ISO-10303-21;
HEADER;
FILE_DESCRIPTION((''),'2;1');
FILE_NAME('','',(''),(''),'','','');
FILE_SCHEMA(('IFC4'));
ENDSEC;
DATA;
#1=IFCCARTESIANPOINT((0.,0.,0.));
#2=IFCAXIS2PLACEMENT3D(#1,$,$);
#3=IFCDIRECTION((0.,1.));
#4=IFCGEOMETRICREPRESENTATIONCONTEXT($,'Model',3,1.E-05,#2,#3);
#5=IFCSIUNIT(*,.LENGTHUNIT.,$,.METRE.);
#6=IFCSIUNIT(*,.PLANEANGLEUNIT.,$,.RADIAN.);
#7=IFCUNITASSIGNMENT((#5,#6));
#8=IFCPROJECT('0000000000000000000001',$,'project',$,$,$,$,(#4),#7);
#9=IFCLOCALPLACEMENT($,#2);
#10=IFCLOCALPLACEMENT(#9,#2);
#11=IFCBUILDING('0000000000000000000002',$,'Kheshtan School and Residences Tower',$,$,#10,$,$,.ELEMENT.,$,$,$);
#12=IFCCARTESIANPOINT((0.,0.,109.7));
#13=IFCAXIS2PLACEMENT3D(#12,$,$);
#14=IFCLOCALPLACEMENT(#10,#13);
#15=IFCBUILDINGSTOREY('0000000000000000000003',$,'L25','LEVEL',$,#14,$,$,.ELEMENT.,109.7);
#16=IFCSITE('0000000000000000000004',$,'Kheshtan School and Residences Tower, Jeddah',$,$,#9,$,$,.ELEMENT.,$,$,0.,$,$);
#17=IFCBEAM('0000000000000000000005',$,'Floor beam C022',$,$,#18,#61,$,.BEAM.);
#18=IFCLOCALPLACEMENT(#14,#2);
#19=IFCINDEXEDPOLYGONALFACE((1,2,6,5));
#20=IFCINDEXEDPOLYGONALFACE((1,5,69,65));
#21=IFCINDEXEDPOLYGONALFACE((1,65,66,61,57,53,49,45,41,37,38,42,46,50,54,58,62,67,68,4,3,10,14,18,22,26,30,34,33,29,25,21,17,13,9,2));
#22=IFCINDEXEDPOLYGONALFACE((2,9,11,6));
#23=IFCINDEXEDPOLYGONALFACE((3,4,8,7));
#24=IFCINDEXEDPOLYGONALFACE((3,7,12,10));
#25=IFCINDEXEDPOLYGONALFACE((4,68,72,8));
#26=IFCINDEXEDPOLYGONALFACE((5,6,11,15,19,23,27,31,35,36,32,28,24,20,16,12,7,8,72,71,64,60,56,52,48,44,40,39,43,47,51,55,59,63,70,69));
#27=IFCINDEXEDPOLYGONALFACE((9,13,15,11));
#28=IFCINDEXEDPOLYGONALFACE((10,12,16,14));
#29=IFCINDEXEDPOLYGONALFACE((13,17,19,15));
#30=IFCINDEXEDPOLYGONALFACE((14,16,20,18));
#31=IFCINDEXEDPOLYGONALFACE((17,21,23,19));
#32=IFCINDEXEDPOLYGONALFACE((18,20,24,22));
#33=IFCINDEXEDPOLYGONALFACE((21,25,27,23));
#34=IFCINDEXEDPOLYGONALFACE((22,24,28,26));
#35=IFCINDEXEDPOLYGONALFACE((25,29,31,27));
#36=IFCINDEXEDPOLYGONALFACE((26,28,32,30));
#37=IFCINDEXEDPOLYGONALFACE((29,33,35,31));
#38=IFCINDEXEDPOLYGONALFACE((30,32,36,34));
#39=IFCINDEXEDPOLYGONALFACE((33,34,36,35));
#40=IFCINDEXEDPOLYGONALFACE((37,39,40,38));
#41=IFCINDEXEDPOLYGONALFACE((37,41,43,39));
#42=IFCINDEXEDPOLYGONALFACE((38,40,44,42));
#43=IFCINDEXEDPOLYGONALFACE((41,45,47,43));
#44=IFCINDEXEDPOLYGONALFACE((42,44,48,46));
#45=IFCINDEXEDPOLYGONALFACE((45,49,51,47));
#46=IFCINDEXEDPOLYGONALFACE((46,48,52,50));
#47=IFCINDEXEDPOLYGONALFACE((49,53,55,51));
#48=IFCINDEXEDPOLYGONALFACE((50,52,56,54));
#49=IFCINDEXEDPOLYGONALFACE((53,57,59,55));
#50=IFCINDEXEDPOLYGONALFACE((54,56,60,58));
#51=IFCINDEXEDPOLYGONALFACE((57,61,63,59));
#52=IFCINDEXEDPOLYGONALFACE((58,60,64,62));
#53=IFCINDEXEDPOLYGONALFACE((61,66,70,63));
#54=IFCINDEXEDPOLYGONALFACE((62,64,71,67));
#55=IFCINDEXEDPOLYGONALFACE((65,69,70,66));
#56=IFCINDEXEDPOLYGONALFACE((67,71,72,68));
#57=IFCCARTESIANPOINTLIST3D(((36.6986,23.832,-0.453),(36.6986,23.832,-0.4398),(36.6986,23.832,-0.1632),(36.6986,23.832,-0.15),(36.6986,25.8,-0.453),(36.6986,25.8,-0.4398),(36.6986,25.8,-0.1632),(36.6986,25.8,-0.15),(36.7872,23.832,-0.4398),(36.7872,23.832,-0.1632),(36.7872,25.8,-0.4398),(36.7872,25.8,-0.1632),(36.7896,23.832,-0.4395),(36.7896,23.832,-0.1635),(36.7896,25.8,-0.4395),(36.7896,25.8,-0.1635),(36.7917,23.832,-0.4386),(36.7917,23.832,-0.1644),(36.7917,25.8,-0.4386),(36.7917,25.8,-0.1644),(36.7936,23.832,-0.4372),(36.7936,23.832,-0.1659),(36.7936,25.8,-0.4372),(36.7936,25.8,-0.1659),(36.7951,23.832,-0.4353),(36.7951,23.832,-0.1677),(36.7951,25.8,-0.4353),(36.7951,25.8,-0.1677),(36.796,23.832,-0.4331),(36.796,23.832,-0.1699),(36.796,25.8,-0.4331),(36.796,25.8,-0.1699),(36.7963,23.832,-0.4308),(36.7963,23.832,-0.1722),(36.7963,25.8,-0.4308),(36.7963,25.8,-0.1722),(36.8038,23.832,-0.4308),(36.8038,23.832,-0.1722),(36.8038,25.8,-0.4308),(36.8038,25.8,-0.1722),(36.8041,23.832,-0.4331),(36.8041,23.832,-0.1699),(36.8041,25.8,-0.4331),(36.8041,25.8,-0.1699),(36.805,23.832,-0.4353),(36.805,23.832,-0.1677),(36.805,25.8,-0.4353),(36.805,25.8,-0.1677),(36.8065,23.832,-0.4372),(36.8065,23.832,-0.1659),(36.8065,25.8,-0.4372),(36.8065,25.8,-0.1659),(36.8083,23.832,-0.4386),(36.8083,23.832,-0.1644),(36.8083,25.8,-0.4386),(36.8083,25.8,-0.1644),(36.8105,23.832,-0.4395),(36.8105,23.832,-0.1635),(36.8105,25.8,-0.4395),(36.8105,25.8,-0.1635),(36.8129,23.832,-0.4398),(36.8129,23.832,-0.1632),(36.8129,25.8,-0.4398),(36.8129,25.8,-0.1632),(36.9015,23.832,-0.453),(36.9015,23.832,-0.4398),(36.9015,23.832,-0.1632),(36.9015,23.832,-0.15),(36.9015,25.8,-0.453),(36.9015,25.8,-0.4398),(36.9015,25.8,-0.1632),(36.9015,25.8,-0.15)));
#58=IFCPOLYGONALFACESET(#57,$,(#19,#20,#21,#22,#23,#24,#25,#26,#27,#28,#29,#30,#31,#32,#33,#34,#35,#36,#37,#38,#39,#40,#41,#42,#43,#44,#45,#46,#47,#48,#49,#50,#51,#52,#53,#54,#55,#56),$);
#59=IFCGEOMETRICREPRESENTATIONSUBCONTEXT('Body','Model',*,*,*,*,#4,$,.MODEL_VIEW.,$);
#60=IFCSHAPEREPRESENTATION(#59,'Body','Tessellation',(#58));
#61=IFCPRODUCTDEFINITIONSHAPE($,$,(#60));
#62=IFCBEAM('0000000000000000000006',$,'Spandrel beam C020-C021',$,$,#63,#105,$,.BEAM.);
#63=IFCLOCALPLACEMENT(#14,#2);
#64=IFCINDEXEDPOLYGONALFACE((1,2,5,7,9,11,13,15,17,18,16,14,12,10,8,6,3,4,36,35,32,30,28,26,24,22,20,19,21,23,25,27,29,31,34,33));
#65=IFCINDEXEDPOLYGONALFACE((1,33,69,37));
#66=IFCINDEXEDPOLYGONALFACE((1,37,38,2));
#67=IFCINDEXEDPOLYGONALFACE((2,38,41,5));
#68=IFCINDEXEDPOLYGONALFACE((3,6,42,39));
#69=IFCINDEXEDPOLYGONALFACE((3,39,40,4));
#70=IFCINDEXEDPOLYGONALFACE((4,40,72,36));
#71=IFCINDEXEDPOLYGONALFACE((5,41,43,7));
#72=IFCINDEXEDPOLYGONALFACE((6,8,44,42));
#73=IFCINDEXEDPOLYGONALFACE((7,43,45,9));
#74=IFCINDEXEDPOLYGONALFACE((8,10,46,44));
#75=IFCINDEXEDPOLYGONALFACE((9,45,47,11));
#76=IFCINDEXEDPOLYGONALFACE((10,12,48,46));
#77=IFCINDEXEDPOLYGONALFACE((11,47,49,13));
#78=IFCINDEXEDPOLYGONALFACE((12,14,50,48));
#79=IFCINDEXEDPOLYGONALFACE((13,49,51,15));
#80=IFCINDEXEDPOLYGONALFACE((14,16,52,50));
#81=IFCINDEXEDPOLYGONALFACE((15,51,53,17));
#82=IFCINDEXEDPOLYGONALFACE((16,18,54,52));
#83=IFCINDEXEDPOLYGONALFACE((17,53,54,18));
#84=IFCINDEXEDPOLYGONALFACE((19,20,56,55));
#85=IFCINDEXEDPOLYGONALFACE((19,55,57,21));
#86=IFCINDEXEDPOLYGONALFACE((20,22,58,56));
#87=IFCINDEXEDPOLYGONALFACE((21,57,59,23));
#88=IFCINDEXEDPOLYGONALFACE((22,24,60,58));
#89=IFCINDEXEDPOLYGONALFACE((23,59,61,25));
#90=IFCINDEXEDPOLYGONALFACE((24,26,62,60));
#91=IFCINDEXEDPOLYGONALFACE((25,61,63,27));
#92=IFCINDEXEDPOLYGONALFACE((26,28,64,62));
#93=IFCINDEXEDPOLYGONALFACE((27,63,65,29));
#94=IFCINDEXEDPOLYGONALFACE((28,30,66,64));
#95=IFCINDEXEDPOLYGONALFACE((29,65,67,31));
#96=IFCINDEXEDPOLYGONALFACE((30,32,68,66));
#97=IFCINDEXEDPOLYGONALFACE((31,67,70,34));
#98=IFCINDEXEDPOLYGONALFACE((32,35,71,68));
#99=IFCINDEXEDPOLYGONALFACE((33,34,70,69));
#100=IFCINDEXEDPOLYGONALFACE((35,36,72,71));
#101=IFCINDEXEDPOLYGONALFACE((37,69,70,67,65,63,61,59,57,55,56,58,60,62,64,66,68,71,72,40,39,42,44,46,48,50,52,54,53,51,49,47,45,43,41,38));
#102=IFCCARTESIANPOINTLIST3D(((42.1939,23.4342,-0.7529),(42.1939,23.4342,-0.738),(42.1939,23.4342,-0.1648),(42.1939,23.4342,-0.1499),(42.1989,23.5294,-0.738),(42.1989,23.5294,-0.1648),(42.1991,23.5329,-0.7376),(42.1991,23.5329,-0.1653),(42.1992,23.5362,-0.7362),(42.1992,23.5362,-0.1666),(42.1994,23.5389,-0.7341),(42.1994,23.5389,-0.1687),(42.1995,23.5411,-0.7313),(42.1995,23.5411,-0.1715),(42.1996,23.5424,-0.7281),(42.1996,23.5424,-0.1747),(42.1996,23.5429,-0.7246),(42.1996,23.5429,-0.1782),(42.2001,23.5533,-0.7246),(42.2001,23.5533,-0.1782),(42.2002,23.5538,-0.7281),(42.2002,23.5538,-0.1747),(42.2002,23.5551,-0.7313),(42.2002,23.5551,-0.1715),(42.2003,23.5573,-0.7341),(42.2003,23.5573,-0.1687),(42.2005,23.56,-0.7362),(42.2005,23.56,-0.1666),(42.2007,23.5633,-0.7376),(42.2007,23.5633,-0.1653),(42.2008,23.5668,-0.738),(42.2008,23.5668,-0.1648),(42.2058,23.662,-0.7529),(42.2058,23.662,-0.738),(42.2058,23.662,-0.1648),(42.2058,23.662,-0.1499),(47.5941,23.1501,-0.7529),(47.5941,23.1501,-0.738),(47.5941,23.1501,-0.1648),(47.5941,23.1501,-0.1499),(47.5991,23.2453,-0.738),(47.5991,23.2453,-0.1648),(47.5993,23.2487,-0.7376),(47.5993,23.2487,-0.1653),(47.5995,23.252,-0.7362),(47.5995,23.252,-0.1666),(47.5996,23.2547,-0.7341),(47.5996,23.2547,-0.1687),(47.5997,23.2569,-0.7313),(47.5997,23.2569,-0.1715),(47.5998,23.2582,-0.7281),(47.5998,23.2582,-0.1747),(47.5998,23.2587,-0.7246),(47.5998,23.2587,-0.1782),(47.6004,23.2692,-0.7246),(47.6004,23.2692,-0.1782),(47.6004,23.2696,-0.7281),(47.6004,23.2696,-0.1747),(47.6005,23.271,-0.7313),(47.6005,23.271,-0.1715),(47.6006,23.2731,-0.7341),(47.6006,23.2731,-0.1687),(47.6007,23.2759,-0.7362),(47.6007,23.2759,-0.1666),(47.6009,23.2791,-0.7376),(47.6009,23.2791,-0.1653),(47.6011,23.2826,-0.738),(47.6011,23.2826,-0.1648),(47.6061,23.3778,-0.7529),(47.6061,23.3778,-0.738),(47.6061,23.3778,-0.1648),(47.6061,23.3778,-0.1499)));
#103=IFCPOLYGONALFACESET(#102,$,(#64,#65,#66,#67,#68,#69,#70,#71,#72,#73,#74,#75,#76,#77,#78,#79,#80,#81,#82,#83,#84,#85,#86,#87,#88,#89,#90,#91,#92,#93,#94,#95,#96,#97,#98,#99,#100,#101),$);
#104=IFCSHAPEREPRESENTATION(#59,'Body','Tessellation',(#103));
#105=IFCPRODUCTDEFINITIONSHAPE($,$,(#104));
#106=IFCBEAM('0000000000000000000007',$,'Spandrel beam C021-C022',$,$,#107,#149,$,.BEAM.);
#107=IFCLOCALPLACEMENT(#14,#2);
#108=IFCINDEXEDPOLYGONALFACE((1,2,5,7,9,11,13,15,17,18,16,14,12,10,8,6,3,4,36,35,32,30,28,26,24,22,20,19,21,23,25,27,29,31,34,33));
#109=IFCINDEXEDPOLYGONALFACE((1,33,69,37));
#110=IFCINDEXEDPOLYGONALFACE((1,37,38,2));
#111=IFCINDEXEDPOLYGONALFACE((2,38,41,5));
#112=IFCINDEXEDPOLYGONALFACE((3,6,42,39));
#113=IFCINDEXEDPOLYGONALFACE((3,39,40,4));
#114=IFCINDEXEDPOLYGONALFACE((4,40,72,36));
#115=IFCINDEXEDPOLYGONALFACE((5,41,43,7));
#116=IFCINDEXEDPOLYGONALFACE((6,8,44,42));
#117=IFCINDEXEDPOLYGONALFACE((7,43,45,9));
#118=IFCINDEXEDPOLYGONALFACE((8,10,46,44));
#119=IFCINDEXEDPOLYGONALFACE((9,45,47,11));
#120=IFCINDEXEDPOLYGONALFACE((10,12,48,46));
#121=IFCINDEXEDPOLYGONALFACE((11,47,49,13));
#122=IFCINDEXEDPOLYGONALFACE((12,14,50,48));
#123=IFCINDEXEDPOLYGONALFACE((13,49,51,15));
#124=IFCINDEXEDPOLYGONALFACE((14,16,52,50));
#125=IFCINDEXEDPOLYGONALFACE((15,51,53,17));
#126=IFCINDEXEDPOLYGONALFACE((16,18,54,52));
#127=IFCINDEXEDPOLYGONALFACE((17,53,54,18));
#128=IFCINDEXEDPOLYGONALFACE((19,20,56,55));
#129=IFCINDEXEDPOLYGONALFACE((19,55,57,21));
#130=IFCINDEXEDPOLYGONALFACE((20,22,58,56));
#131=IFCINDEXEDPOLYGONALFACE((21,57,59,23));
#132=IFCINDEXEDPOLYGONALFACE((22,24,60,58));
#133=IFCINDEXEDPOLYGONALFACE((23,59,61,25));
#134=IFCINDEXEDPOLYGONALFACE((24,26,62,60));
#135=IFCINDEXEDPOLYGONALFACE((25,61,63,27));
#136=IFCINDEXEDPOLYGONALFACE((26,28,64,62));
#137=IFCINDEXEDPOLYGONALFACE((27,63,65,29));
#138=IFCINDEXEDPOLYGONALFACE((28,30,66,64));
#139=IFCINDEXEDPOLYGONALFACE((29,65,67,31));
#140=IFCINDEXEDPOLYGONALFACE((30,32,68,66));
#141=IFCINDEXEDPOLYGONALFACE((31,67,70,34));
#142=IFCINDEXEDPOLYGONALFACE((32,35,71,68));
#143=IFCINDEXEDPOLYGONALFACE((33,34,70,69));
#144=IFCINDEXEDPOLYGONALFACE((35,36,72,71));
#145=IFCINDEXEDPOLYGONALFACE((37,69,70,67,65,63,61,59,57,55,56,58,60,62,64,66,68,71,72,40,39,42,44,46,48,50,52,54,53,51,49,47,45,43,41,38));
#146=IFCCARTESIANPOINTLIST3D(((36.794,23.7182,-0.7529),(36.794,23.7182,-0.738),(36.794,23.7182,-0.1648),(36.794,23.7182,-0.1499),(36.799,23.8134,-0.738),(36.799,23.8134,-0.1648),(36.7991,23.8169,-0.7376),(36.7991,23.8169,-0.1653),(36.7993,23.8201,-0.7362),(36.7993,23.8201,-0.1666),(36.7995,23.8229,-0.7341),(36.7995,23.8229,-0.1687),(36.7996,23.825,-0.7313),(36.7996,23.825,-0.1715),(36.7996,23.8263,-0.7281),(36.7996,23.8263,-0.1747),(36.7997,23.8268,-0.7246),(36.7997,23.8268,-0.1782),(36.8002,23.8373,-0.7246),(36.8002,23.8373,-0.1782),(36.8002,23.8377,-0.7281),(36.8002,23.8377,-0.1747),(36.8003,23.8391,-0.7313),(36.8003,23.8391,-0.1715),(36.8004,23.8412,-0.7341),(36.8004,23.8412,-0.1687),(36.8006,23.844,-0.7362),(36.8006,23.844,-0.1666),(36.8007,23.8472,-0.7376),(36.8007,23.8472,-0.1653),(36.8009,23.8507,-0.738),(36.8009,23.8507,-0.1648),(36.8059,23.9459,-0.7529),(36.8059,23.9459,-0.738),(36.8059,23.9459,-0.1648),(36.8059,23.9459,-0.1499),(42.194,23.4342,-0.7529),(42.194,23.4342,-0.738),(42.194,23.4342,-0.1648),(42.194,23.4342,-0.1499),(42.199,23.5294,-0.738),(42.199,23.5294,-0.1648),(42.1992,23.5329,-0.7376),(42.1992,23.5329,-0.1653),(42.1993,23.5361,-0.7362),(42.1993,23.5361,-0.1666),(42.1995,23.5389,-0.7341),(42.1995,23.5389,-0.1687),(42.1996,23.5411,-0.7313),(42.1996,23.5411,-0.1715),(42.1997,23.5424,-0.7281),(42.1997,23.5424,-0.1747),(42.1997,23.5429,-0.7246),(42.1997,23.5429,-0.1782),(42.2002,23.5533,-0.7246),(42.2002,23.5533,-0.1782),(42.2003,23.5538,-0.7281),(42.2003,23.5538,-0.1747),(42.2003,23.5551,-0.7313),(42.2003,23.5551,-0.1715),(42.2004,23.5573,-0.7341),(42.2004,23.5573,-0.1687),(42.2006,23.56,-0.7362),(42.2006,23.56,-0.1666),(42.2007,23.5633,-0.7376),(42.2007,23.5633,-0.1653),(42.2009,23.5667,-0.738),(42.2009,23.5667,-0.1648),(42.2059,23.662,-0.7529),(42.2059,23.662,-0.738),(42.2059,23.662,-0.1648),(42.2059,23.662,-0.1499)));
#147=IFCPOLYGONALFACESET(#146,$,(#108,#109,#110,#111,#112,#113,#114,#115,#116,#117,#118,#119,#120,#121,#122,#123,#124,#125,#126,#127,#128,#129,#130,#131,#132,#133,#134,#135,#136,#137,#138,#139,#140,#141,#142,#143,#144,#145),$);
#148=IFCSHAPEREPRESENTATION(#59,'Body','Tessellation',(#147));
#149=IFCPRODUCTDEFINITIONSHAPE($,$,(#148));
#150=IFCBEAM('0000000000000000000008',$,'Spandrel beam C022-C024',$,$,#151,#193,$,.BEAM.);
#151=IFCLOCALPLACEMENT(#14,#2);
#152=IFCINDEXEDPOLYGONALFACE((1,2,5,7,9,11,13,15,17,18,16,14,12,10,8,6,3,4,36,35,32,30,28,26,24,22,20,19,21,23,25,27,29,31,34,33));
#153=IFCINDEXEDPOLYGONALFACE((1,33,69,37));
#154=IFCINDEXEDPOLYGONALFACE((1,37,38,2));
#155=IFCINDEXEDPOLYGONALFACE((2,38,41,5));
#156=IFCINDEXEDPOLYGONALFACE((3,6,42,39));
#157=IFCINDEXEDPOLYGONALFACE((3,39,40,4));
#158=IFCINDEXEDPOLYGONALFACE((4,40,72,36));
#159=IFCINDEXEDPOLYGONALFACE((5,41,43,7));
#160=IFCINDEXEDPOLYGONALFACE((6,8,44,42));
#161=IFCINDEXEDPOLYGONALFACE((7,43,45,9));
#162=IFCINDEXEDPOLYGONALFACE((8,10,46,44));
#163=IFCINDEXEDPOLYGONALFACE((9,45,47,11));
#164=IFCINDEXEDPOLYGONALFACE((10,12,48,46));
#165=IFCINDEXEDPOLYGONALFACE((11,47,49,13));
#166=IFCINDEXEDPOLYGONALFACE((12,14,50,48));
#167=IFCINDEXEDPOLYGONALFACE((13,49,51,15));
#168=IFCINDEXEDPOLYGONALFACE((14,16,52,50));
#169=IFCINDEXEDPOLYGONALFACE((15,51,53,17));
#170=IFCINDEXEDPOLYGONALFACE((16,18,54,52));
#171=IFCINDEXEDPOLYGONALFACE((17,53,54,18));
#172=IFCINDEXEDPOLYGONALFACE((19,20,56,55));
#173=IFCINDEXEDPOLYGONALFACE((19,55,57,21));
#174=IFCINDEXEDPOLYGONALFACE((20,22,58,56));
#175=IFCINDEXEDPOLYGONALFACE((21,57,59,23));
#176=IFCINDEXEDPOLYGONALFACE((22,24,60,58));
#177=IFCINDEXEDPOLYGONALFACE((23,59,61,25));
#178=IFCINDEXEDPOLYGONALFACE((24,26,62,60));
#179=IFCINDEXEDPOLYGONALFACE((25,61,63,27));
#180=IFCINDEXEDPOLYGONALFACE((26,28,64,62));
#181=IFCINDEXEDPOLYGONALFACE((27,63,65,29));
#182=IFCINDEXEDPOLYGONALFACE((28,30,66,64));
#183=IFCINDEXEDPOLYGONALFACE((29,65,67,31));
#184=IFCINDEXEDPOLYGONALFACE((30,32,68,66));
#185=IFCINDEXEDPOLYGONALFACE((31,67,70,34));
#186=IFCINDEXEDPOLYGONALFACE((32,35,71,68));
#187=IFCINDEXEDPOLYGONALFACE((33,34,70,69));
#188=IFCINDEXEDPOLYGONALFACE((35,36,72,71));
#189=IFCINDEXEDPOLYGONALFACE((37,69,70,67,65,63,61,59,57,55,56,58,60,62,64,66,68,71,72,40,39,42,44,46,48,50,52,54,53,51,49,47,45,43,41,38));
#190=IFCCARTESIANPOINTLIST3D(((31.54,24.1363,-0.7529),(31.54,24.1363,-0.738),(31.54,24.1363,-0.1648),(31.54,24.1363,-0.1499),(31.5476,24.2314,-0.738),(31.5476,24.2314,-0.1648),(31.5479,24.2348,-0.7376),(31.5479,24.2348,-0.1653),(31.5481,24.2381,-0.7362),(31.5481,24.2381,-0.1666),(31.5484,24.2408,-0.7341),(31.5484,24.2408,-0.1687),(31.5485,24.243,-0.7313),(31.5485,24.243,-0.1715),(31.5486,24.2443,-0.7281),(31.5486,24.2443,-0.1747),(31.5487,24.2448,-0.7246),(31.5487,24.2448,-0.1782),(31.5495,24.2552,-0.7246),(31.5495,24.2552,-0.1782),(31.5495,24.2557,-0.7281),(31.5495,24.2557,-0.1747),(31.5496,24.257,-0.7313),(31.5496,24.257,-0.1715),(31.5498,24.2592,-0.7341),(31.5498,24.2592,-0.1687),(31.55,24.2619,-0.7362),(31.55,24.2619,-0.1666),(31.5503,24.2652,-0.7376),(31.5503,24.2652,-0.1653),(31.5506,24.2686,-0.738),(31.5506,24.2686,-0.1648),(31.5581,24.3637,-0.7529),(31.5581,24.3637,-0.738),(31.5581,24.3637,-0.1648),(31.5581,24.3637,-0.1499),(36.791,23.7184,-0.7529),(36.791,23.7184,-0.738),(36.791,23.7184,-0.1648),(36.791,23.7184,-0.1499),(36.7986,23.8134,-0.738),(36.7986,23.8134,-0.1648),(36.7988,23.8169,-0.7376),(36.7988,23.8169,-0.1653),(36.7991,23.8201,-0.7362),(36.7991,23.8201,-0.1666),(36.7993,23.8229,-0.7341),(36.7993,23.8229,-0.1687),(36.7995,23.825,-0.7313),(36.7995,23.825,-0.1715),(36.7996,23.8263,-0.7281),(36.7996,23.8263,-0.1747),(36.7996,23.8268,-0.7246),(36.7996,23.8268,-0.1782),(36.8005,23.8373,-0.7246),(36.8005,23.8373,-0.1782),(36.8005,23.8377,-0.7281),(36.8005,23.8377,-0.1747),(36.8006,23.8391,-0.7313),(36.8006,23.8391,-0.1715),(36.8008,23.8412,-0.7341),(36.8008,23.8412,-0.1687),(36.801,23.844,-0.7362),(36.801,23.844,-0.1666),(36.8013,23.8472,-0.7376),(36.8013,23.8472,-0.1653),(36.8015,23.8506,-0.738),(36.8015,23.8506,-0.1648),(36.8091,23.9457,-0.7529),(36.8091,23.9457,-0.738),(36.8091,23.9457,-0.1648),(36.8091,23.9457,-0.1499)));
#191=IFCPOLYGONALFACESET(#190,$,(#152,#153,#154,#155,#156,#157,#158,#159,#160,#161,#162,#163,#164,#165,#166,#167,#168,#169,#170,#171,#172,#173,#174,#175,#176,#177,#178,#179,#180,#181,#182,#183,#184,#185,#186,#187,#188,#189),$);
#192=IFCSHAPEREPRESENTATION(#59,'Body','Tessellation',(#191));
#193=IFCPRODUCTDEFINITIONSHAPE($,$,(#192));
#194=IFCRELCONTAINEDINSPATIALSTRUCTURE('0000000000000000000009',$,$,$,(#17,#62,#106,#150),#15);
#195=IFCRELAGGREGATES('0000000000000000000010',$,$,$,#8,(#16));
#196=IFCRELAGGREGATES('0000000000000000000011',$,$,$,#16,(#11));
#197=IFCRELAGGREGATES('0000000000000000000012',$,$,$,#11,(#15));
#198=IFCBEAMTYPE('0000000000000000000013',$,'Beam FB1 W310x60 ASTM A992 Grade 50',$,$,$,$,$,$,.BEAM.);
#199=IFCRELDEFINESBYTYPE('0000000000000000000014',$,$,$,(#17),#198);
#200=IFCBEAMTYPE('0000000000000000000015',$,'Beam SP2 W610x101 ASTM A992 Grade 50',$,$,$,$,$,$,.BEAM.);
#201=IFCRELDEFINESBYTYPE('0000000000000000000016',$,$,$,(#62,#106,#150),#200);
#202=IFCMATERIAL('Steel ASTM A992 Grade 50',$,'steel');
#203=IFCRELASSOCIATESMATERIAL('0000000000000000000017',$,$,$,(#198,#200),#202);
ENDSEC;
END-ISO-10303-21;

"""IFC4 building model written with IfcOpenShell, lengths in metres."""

from ifc_helpers import new_model, si_unit, direction, frame, origin, origin_2d, place, context, subcontext, project, spatial, i_section, extrude, material, material_profile, profile_set, type_object, element, save


model = new_model("IFC4")

# Units and contexts
model_context = context("Model", 3, precision=1e-05, world=origin(), true_north=direction((0.0, 1.0)))
body_context = subcontext(model_context, "Body", "Model", "MODEL_VIEW")
ifc_project = project(units=[si_unit("LENGTHUNIT", "METRE"), si_unit("PLANEANGLEUNIT", "RADIAN")], contexts=[model_context])

# Site, building, storey
site_placement = place(None, origin())
site = spatial("IfcSite", under=ifc_project, at=site_placement, Name="Kheshtan School and Residences Tower, Jeddah", CompositionType="ELEMENT", RefElevation=0.0)
building_placement = place(site_placement, origin())
building = spatial("IfcBuilding", under=site, at=building_placement, Name="Kheshtan School and Residences Tower", CompositionType="ELEMENT")
storey_placement = place(building_placement, frame((0.0, 0.0, 109.7)))
storey = spatial("IfcBuildingStorey", under=building, at=storey_placement, Name="L25", Description="LEVEL", CompositionType="ELEMENT", Elevation=109.7)

# Shared definitions
ifc_material_1 = material(Name="Steel ASTM A992 Grade 50", Category="steel")

# Beams
ifc_material_profile_1 = material_profile(ifc_material_1, i_section(OverallWidth=0.2029, OverallDepth=0.303, WebThickness=0.0076, FlangeThickness=0.0132, FilletRadius=0.009, at=origin_2d()), Name="W310x60")
ifc_profile_set_1 = profile_set([ifc_material_profile_1], Name="Steel ASTM A992 Grade 50")
beam_type_1 = type_object("IfcBeamType", Name="Beam FB1 W310x60 ASTM A992 Grade 50", PredefinedType="BEAM", material=ifc_profile_set_1)
beam_1_placement = place(storey_placement, frame((36.8, 23.832, -0.3015), z_axis=(0.0, 1.0, 0.0), x_axis=(-1.0, 0.0, 0.0)))
element("IfcBeam", 1, at=beam_1_placement, inside=storey, type_object=beam_type_1, Name="Floor beam C022", PredefinedType="BEAM", context=body_context, shape_type="SweptSolid", body=[
    extrude(i_section(OverallWidth=0.2029, OverallDepth=0.303, WebThickness=0.0076, FlangeThickness=0.0132, FilletRadius=0.009, at=origin_2d()), origin(), (0.0, 0.0, 1.0), 1.968),
])
ifc_material_profile_2 = material_profile(ifc_material_1, i_section(OverallWidth=0.228, OverallDepth=0.603, WebThickness=0.0105, FlangeThickness=0.0149, FilletRadius=0.0134, at=origin_2d()), Name="W610x101")
ifc_profile_set_2 = profile_set([ifc_material_profile_2], Name="Steel ASTM A992 Grade 50")
beam_type_2 = type_object("IfcBeamType", Name="Beam SP2 W610x101 ASTM A992 Grade 50", PredefinedType="BEAM", material=ifc_profile_set_2)
beam_2_placement = place(storey_placement, frame((47.6001, 23.2639, -0.4514), z_axis=(-0.998618, 0.052552, 0.0), x_axis=(-0.052552, -0.998618, 0.0)))
element("IfcBeam", 2, at=beam_2_placement, inside=storey, type_object=beam_type_2, Name="Spandrel beam C020-C021", PredefinedType="BEAM", context=body_context, shape_type="SweptSolid", body=[
    extrude(i_section(OverallWidth=0.228, OverallDepth=0.603, WebThickness=0.0105, FlangeThickness=0.0149, FilletRadius=0.0134, at=origin_2d()), origin(), (0.0, 0.0, 1.0), 5.4077),
])
beam_3_placement = place(storey_placement, frame((42.2, 23.5481, -0.4514), z_axis=(-0.99862, 0.052509, 0.0), x_axis=(-0.052509, -0.99862, 0.0)))
element("IfcBeam", 3, at=beam_3_placement, inside=storey, type_object=beam_type_2, Name="Spandrel beam C021-C022", PredefinedType="BEAM", context=body_context, shape_type="SweptSolid", body=[
    extrude(i_section(OverallWidth=0.228, OverallDepth=0.603, WebThickness=0.0105, FlangeThickness=0.0149, FilletRadius=0.0134, at=origin_2d()), origin(), (0.0, 0.0, 1.0), 5.4075),
])
beam_4_placement = place(storey_placement, frame((36.8, 23.832, -0.4514), z_axis=(-0.996847, 0.079347, 0.0), x_axis=(-0.079347, -0.996847, 0.0)))
element("IfcBeam", 4, at=beam_4_placement, inside=storey, type_object=beam_type_2, Name="Spandrel beam C022-C024", PredefinedType="BEAM", context=body_context, shape_type="SweptSolid", body=[
    extrude(i_section(OverallWidth=0.228, OverallDepth=0.603, WebThickness=0.0105, FlangeThickness=0.0149, FilletRadius=0.0134, at=origin_2d()), origin(), (0.0, 0.0, 1.0), 5.2676),
])

save(model, "model.ifc")
